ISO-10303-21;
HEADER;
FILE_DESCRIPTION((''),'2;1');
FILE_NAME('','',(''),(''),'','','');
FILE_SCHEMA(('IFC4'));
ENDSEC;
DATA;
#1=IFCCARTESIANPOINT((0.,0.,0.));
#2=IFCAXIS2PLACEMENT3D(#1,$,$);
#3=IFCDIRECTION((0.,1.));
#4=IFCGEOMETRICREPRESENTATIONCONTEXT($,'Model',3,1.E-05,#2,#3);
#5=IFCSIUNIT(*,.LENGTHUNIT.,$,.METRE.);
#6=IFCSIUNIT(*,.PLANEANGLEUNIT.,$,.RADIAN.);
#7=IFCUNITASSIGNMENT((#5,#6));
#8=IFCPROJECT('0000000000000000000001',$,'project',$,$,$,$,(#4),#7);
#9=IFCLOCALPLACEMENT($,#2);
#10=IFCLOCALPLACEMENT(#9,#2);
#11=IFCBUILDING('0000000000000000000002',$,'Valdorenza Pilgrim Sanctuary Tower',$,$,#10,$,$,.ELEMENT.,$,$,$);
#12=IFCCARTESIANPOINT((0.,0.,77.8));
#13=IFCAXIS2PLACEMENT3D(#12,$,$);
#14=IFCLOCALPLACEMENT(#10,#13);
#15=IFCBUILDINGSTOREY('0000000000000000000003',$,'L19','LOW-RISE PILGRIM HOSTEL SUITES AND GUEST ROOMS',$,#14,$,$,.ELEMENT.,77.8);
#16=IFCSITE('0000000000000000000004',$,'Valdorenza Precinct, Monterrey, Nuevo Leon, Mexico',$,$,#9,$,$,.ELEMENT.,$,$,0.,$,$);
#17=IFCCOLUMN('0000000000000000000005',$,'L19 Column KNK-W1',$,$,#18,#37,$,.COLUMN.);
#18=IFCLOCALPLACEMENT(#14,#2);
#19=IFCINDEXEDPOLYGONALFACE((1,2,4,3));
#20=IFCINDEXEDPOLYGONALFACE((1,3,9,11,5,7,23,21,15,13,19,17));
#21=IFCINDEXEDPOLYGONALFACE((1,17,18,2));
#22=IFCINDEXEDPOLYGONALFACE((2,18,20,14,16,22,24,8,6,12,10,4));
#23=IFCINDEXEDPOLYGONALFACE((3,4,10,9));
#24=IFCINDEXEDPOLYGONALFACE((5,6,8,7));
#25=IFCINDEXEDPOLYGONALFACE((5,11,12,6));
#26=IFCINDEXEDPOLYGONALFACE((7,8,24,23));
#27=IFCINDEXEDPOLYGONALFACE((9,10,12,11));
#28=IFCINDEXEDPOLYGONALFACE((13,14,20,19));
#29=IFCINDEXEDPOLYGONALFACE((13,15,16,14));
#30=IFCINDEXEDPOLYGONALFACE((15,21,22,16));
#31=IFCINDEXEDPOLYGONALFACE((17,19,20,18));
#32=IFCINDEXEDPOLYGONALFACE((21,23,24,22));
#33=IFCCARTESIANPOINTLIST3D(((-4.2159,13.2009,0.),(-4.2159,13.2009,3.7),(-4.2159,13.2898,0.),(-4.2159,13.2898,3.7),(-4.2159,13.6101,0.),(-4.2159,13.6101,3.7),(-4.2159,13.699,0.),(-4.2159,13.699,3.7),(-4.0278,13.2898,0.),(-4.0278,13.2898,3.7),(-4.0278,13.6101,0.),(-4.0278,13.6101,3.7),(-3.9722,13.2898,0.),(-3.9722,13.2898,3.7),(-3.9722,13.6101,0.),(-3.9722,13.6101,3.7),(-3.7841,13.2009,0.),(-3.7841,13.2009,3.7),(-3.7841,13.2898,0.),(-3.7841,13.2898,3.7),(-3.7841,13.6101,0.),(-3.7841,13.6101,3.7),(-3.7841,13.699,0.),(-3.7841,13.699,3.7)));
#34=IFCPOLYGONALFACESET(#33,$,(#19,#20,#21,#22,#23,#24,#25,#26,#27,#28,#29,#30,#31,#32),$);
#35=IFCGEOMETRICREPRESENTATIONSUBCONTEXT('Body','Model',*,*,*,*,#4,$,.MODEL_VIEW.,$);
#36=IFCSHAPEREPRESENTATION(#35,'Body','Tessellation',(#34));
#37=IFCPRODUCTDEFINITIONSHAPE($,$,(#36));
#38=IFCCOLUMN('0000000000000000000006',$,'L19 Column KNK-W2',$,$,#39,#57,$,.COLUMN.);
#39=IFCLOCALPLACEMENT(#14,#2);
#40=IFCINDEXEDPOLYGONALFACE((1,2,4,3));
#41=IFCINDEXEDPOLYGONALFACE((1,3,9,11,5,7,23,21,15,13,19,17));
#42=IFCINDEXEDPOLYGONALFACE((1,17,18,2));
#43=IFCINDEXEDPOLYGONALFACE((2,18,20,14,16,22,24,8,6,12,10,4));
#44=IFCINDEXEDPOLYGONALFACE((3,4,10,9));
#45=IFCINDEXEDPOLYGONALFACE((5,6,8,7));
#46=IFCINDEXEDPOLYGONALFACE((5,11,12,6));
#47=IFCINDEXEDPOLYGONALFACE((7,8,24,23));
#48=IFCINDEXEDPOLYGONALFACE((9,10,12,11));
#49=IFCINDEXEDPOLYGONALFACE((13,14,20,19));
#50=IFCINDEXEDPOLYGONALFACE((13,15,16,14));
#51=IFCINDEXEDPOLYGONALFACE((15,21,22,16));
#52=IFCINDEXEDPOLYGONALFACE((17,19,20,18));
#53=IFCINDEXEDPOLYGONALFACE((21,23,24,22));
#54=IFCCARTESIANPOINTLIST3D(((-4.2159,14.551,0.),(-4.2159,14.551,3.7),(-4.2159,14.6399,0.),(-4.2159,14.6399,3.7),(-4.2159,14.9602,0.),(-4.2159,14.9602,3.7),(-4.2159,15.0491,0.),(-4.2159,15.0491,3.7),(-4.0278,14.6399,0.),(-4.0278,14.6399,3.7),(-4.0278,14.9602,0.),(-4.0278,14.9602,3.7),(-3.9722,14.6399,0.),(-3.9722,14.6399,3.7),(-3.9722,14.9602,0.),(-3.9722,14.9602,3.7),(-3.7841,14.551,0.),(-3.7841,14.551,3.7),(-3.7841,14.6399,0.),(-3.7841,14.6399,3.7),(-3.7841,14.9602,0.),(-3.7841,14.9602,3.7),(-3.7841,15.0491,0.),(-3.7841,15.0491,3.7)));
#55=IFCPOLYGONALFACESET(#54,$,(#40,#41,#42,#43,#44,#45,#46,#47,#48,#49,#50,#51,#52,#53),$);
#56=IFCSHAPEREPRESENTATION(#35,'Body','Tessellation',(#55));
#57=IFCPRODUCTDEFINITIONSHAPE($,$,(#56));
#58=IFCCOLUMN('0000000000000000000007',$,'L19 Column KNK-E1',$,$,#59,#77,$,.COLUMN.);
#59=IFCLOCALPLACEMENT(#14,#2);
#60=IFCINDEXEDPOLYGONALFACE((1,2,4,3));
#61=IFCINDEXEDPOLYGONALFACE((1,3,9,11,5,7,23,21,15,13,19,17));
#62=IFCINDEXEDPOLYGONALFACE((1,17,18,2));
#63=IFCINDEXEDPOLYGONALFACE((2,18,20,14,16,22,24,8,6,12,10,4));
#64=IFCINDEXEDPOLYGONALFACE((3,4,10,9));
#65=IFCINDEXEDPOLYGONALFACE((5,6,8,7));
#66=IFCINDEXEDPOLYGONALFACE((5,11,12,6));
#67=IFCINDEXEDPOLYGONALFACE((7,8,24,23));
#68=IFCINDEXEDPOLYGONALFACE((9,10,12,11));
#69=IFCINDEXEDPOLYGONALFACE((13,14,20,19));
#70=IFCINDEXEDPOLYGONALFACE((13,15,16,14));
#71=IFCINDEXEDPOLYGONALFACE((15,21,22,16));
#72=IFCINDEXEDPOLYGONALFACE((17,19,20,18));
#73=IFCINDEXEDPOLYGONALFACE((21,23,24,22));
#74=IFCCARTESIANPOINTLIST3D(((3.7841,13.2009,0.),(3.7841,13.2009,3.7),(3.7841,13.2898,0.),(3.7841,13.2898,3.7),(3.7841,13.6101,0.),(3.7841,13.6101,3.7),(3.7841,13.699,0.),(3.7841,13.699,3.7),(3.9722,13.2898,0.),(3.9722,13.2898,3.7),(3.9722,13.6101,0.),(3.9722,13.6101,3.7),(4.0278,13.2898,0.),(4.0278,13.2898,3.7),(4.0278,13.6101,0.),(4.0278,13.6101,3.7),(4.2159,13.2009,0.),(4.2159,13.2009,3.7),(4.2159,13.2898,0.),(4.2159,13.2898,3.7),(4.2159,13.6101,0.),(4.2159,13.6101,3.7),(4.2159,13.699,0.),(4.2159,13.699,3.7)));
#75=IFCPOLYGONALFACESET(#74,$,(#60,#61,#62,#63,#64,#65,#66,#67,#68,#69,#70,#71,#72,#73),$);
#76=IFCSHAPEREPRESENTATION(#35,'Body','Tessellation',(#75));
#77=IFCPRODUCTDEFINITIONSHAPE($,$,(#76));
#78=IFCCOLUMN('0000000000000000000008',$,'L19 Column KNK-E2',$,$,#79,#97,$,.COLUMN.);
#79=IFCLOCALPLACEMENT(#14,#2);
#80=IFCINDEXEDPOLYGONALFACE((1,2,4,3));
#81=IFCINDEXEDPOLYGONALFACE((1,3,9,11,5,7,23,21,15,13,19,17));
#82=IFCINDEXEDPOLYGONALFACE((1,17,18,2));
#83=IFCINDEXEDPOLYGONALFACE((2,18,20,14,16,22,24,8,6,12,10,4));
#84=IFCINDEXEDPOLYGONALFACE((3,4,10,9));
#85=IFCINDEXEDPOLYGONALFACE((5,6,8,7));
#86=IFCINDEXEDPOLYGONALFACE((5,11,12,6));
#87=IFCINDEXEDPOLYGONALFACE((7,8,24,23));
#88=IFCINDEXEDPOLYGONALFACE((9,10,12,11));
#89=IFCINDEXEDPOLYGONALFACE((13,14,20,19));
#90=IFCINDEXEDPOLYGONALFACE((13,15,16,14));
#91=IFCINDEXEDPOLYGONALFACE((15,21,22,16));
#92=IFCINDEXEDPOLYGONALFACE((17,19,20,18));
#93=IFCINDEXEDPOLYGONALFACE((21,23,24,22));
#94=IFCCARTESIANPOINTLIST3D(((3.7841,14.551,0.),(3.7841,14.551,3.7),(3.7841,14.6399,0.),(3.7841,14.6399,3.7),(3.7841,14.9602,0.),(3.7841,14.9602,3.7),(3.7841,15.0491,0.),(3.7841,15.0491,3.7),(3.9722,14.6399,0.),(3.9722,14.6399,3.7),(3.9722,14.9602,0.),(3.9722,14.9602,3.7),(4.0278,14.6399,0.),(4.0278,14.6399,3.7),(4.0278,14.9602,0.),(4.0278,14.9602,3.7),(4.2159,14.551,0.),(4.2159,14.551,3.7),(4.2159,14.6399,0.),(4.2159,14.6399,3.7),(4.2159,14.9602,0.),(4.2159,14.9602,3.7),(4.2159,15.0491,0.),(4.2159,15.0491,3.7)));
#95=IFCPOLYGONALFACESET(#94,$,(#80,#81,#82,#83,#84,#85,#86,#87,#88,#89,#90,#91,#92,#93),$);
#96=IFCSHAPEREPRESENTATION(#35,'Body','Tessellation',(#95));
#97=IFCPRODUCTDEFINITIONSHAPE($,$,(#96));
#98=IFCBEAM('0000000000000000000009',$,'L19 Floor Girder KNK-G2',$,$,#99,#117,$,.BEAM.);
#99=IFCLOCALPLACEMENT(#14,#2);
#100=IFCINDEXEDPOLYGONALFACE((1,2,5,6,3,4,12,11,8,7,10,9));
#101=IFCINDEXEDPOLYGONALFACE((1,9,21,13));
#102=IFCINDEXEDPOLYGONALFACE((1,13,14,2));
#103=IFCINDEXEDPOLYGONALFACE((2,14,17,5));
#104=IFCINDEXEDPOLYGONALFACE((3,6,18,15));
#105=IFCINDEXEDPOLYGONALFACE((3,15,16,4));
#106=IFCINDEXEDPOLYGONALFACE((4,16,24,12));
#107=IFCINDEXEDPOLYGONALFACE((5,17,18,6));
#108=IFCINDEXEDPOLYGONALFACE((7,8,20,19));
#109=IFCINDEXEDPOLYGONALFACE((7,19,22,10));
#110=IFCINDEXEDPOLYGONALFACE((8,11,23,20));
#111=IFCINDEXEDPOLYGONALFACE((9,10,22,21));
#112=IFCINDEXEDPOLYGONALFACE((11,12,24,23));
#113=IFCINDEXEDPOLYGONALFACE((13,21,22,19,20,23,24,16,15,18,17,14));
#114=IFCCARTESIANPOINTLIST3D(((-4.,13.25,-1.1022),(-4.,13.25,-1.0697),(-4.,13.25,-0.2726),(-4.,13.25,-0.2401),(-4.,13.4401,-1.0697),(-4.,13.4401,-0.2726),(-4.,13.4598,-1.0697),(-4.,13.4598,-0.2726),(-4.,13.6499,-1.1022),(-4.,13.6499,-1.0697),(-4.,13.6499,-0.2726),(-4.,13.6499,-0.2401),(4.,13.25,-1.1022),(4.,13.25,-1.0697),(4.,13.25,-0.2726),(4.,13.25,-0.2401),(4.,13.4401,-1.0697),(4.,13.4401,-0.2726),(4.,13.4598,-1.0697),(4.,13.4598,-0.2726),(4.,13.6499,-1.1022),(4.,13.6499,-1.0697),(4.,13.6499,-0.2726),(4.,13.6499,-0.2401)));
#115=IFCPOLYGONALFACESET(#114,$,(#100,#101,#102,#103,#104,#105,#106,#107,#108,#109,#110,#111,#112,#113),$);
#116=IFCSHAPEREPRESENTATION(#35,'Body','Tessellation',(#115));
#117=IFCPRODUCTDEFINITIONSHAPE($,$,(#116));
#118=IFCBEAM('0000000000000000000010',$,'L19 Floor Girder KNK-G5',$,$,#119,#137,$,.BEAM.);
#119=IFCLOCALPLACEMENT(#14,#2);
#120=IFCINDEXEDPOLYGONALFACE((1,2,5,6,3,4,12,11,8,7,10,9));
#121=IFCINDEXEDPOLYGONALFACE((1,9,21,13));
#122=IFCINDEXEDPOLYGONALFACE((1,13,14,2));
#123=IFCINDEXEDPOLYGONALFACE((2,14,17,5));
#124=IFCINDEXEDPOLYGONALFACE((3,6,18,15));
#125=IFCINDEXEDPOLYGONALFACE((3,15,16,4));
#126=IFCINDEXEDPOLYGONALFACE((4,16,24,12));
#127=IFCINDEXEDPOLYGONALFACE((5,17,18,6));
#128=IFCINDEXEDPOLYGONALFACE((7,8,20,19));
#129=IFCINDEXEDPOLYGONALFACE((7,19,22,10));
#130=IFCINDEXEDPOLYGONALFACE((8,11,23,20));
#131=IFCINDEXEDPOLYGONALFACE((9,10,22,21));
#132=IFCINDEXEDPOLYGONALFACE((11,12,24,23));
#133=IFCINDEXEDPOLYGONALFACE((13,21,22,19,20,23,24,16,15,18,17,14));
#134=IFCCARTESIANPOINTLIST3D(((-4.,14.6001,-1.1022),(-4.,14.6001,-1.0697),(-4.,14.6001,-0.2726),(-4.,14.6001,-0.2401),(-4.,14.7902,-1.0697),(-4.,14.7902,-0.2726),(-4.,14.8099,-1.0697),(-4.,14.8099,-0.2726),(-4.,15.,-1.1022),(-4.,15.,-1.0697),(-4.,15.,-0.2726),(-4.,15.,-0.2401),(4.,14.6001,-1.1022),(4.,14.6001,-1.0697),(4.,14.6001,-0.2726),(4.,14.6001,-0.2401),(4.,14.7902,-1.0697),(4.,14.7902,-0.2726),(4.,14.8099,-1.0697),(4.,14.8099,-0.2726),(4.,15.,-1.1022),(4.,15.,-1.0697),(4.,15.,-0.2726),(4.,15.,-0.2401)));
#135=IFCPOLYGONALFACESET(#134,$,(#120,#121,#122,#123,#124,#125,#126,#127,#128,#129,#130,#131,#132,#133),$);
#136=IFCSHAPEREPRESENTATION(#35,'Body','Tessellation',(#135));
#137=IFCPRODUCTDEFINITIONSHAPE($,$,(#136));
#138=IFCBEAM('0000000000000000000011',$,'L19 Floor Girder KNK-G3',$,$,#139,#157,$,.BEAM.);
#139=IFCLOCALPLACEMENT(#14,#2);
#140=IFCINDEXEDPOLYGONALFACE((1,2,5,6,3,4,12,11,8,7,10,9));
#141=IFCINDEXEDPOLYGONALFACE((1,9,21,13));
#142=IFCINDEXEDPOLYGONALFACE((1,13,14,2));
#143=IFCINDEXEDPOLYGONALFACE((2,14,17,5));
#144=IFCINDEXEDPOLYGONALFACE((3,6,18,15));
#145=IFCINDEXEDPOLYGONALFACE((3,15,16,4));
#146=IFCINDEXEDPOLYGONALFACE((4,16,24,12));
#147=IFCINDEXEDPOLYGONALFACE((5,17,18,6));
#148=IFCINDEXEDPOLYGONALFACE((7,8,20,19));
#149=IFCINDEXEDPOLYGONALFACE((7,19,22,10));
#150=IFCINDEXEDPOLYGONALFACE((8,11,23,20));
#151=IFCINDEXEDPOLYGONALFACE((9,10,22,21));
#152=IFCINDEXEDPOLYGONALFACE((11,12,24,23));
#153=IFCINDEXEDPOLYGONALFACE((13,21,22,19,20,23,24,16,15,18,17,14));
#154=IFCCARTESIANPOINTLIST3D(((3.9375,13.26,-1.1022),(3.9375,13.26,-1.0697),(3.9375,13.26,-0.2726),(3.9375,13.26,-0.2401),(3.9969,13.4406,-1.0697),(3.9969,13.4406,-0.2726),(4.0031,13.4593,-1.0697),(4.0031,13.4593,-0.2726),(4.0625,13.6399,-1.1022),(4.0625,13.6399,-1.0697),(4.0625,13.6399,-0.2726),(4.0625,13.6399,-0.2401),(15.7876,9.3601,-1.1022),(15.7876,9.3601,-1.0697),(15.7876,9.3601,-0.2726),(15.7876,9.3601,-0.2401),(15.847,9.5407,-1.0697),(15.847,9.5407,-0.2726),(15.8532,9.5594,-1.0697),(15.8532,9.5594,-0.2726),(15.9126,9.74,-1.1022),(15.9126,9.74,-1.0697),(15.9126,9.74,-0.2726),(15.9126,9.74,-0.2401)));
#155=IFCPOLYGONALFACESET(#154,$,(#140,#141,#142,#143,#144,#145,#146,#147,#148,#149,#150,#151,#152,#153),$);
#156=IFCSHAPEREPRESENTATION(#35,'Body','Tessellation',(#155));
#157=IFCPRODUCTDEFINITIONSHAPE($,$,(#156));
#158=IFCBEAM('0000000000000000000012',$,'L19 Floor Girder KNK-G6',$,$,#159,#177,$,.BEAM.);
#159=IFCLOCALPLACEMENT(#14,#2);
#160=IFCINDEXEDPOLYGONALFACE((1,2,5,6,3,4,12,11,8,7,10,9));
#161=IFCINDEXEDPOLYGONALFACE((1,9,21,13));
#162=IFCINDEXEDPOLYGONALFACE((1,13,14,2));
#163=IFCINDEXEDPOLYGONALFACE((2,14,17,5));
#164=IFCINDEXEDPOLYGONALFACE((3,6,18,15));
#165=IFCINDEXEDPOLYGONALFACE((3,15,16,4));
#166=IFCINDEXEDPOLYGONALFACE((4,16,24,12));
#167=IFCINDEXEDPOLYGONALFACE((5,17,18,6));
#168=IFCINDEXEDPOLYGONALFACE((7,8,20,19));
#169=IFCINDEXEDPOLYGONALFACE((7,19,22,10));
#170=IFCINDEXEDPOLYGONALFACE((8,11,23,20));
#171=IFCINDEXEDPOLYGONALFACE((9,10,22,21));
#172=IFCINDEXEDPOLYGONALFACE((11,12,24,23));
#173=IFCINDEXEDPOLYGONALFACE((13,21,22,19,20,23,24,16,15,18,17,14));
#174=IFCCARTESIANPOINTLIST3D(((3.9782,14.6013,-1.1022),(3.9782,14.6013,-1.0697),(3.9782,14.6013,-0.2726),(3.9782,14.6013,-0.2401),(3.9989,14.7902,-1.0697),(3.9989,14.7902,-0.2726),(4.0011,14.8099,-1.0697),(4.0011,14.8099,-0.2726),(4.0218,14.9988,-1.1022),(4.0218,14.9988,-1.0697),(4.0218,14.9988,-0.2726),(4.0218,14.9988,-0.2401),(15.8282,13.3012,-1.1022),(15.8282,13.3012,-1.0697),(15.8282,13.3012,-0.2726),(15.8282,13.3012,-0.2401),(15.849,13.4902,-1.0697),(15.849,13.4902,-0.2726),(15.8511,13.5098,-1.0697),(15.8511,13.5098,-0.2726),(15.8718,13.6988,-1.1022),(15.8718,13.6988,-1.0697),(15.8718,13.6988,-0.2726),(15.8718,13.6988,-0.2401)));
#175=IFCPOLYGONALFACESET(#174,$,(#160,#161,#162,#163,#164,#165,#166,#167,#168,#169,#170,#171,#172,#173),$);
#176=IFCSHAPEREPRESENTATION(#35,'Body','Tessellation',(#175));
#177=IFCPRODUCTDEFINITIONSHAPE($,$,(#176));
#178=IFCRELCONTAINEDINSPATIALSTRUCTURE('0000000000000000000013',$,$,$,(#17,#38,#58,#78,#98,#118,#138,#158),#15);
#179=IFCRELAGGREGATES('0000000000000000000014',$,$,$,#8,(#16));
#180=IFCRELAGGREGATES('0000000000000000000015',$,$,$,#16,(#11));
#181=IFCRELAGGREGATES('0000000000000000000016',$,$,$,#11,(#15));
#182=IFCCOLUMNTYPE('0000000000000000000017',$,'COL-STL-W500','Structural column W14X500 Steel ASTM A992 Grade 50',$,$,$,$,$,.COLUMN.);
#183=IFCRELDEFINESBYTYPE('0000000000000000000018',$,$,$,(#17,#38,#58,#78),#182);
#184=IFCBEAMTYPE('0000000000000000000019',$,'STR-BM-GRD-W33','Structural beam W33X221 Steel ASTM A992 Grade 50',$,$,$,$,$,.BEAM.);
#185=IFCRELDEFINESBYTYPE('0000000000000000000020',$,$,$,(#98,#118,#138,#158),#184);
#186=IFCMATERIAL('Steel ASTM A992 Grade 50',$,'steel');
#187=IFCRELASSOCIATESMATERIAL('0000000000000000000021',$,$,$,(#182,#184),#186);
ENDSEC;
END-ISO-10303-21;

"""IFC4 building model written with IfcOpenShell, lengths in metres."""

from ifc_helpers import new_model, si_unit, direction, frame, origin, origin_2d, place, context, subcontext, project, spatial, i_section, extrude, source, transform, mapped, material, material_profile, profile_set, type_object, element, save


model = new_model("IFC4")

# Units and contexts
model_context = context("Model", 3, precision=1e-05, world=origin(), true_north=direction((0.0, 1.0)))
body_context = subcontext(model_context, "Body", "Model", "MODEL_VIEW")
ifc_project = project(units=[si_unit("LENGTHUNIT", "METRE"), si_unit("PLANEANGLEUNIT", "RADIAN")], contexts=[model_context])

# Site, building, storey
site_placement = place(None, origin())
site = spatial("IfcSite", under=ifc_project, at=site_placement, Name="Valdorenza Precinct, Monterrey, Nuevo Leon, Mexico", CompositionType="ELEMENT", RefElevation=0.0)
building_placement = place(site_placement, origin())
building = spatial("IfcBuilding", under=site, at=building_placement, Name="Valdorenza Pilgrim Sanctuary Tower", CompositionType="ELEMENT")
storey_placement = place(building_placement, frame((0.0, 0.0, 77.8)))
storey = spatial("IfcBuildingStorey", under=building, at=storey_placement, Name="L19", Description="LOW-RISE PILGRIM HOSTEL SUITES AND GUEST ROOMS", CompositionType="ELEMENT", Elevation=77.8)

# Columns
ifc_material_1 = material(Name="Steel ASTM A992 Grade 50", Category="steel")
ifc_material_profile_1 = material_profile(ifc_material_1, i_section(OverallWidth=0.4319, OverallDepth=0.498, WebThickness=0.0557, FlangeThickness=0.0889, at=origin_2d()), Name="W14X500")
ifc_profile_set_1 = profile_set([ifc_material_profile_1], Name="Steel ASTM A992 Grade 50")
column_type = type_object("IfcColumnType", Name="COL-STL-W500", Description="Structural column W14X500 Steel ASTM A992 Grade 50", PredefinedType="COLUMN", material=ifc_profile_set_1)
shared_shape_1 = source(origin(), body_context, "Body", "SweptSolid", [
    extrude(i_section(OverallWidth=0.4319, OverallDepth=0.498, WebThickness=0.0557, FlangeThickness=0.0889, at=origin_2d()), origin(), (0.0, 0.0, 1.0), 3.7),
])
for number, where, z_axis, x_axis, name in (
    (1, (-4.0, 13.45, 0.0), (0.0, 0.0, 1.0), (1.0, 0.0, 0.0), "L19 Column KNK-W1"),
    (2, (-4.0, 14.8, 0.0), (0.0, 0.0, 1.0), (1.0, 0.0, 0.0), "L19 Column KNK-W2"),
    (3, (4.0, 13.45, 0.0), (0.0, 0.0, 1.0), (1.0, 0.0, 0.0), "L19 Column KNK-E1"),
    (4, (4.0, 14.8, 0.0), (0.0, 0.0, 1.0), (1.0, 0.0, 0.0), "L19 Column KNK-E2"),
):
    element("IfcColumn", number, at=place(storey_placement, frame(where, z_axis=z_axis, x_axis=x_axis)), inside=storey, type_object=column_type, Name=name, PredefinedType="COLUMN", context=body_context, shape_type="MappedRepresentation", body=[
        mapped(shared_shape_1, transform((0.0, 0.0, 0.0), x_axis=(1.0, 0.0, 0.0), y_axis=(0.0, 1.0, 0.0), z_axis=(0.0, 0.0, 1.0), scale=1.0)),
    ])

# Beams
ifc_material_profile_2 = material_profile(ifc_material_1, i_section(OverallWidth=0.3999, OverallDepth=0.8621, WebThickness=0.0198, FlangeThickness=0.0325, at=origin_2d()), Name="W33X221")
ifc_profile_set_2 = profile_set([ifc_material_profile_2], Name="Steel ASTM A992 Grade 50")
beam_type_1 = type_object("IfcBeamType", Name="STR-BM-GRD-W33", Description="Structural beam W33X221 Steel ASTM A992 Grade 50", PredefinedType="BEAM", material=ifc_profile_set_2)
shared_shape_2 = source(origin(), body_context, "Body", "SweptSolid", [
    extrude(i_section(OverallWidth=0.3999, OverallDepth=0.8621, WebThickness=0.0198, FlangeThickness=0.0325, at=origin_2d()), origin(), (0.0, 0.0, 1.0), 8.0),
])
for number, where, z_axis, x_axis, name in (
    (5, (-4.0, 13.45, -0.6711), (1.0, 0.0, 0.0), (0.0, 1.0, 0.0), "L19 Floor Girder KNK-G2"),
    (6, (-4.0, 14.8, -0.6711), (1.0, 0.0, 0.0), (0.0, 1.0, 0.0), "L19 Floor Girder KNK-G5"),
):
    element("IfcBeam", number, at=place(storey_placement, frame(where, z_axis=z_axis, x_axis=x_axis)), inside=storey, type_object=beam_type_1, Name=name, PredefinedType="BEAM", context=body_context, shape_type="MappedRepresentation", body=[
        mapped(shared_shape_2, transform((0.0, 0.0, 0.0), x_axis=(1.0, 0.0, 0.0), y_axis=(0.0, 1.0, 0.0), z_axis=(0.0, 0.0, 1.0), scale=1.0)),
    ])
shared_shape_3 = source(origin(), body_context, "Body", "SweptSolid", [
    extrude(i_section(OverallWidth=0.3999, OverallDepth=0.8621, WebThickness=0.0198, FlangeThickness=0.0325, at=origin_2d()), origin(), (0.0, 0.0, 1.0), 12.4753),
])
beam_1_placement = place(storey_placement, frame((4.0, 13.45, -0.6711), z_axis=(0.949882, -0.312609, 0.0), x_axis=(0.312609, 0.949882, 0.0)))
element("IfcBeam", 7, at=beam_1_placement, inside=storey, type_object=beam_type_1, Name="L19 Floor Girder KNK-G3", PredefinedType="BEAM", context=body_context, shape_type="MappedRepresentation", body=[
    mapped(shared_shape_3, transform((0.0, 0.0, 0.0), x_axis=(1.0, 0.0, 0.0), y_axis=(0.0, 1.0, 0.0), z_axis=(0.0, 0.0, 1.0), scale=1.0)),
])
shared_shape_4 = source(origin(), body_context, "Body", "SweptSolid", [
    extrude(i_section(OverallWidth=0.3999, OverallDepth=0.8621, WebThickness=0.0198, FlangeThickness=0.0325, at=origin_2d()), origin(), (0.0, 0.0, 1.0), 11.9211),
])
beam_2_placement = place(storey_placement, frame((4.0, 14.8, -0.6711), z_axis=(0.994036, -0.109054, 0.0), x_axis=(0.109054, 0.994036, 0.0)))
element("IfcBeam", 8, at=beam_2_placement, inside=storey, type_object=beam_type_1, Name="L19 Floor Girder KNK-G6", PredefinedType="BEAM", context=body_context, shape_type="MappedRepresentation", body=[
    mapped(shared_shape_4, transform((0.0, 0.0, 0.0), x_axis=(1.0, 0.0, 0.0), y_axis=(0.0, 1.0, 0.0), z_axis=(0.0, 0.0, 1.0), scale=1.0)),
])

save(model, "model.ifc")
